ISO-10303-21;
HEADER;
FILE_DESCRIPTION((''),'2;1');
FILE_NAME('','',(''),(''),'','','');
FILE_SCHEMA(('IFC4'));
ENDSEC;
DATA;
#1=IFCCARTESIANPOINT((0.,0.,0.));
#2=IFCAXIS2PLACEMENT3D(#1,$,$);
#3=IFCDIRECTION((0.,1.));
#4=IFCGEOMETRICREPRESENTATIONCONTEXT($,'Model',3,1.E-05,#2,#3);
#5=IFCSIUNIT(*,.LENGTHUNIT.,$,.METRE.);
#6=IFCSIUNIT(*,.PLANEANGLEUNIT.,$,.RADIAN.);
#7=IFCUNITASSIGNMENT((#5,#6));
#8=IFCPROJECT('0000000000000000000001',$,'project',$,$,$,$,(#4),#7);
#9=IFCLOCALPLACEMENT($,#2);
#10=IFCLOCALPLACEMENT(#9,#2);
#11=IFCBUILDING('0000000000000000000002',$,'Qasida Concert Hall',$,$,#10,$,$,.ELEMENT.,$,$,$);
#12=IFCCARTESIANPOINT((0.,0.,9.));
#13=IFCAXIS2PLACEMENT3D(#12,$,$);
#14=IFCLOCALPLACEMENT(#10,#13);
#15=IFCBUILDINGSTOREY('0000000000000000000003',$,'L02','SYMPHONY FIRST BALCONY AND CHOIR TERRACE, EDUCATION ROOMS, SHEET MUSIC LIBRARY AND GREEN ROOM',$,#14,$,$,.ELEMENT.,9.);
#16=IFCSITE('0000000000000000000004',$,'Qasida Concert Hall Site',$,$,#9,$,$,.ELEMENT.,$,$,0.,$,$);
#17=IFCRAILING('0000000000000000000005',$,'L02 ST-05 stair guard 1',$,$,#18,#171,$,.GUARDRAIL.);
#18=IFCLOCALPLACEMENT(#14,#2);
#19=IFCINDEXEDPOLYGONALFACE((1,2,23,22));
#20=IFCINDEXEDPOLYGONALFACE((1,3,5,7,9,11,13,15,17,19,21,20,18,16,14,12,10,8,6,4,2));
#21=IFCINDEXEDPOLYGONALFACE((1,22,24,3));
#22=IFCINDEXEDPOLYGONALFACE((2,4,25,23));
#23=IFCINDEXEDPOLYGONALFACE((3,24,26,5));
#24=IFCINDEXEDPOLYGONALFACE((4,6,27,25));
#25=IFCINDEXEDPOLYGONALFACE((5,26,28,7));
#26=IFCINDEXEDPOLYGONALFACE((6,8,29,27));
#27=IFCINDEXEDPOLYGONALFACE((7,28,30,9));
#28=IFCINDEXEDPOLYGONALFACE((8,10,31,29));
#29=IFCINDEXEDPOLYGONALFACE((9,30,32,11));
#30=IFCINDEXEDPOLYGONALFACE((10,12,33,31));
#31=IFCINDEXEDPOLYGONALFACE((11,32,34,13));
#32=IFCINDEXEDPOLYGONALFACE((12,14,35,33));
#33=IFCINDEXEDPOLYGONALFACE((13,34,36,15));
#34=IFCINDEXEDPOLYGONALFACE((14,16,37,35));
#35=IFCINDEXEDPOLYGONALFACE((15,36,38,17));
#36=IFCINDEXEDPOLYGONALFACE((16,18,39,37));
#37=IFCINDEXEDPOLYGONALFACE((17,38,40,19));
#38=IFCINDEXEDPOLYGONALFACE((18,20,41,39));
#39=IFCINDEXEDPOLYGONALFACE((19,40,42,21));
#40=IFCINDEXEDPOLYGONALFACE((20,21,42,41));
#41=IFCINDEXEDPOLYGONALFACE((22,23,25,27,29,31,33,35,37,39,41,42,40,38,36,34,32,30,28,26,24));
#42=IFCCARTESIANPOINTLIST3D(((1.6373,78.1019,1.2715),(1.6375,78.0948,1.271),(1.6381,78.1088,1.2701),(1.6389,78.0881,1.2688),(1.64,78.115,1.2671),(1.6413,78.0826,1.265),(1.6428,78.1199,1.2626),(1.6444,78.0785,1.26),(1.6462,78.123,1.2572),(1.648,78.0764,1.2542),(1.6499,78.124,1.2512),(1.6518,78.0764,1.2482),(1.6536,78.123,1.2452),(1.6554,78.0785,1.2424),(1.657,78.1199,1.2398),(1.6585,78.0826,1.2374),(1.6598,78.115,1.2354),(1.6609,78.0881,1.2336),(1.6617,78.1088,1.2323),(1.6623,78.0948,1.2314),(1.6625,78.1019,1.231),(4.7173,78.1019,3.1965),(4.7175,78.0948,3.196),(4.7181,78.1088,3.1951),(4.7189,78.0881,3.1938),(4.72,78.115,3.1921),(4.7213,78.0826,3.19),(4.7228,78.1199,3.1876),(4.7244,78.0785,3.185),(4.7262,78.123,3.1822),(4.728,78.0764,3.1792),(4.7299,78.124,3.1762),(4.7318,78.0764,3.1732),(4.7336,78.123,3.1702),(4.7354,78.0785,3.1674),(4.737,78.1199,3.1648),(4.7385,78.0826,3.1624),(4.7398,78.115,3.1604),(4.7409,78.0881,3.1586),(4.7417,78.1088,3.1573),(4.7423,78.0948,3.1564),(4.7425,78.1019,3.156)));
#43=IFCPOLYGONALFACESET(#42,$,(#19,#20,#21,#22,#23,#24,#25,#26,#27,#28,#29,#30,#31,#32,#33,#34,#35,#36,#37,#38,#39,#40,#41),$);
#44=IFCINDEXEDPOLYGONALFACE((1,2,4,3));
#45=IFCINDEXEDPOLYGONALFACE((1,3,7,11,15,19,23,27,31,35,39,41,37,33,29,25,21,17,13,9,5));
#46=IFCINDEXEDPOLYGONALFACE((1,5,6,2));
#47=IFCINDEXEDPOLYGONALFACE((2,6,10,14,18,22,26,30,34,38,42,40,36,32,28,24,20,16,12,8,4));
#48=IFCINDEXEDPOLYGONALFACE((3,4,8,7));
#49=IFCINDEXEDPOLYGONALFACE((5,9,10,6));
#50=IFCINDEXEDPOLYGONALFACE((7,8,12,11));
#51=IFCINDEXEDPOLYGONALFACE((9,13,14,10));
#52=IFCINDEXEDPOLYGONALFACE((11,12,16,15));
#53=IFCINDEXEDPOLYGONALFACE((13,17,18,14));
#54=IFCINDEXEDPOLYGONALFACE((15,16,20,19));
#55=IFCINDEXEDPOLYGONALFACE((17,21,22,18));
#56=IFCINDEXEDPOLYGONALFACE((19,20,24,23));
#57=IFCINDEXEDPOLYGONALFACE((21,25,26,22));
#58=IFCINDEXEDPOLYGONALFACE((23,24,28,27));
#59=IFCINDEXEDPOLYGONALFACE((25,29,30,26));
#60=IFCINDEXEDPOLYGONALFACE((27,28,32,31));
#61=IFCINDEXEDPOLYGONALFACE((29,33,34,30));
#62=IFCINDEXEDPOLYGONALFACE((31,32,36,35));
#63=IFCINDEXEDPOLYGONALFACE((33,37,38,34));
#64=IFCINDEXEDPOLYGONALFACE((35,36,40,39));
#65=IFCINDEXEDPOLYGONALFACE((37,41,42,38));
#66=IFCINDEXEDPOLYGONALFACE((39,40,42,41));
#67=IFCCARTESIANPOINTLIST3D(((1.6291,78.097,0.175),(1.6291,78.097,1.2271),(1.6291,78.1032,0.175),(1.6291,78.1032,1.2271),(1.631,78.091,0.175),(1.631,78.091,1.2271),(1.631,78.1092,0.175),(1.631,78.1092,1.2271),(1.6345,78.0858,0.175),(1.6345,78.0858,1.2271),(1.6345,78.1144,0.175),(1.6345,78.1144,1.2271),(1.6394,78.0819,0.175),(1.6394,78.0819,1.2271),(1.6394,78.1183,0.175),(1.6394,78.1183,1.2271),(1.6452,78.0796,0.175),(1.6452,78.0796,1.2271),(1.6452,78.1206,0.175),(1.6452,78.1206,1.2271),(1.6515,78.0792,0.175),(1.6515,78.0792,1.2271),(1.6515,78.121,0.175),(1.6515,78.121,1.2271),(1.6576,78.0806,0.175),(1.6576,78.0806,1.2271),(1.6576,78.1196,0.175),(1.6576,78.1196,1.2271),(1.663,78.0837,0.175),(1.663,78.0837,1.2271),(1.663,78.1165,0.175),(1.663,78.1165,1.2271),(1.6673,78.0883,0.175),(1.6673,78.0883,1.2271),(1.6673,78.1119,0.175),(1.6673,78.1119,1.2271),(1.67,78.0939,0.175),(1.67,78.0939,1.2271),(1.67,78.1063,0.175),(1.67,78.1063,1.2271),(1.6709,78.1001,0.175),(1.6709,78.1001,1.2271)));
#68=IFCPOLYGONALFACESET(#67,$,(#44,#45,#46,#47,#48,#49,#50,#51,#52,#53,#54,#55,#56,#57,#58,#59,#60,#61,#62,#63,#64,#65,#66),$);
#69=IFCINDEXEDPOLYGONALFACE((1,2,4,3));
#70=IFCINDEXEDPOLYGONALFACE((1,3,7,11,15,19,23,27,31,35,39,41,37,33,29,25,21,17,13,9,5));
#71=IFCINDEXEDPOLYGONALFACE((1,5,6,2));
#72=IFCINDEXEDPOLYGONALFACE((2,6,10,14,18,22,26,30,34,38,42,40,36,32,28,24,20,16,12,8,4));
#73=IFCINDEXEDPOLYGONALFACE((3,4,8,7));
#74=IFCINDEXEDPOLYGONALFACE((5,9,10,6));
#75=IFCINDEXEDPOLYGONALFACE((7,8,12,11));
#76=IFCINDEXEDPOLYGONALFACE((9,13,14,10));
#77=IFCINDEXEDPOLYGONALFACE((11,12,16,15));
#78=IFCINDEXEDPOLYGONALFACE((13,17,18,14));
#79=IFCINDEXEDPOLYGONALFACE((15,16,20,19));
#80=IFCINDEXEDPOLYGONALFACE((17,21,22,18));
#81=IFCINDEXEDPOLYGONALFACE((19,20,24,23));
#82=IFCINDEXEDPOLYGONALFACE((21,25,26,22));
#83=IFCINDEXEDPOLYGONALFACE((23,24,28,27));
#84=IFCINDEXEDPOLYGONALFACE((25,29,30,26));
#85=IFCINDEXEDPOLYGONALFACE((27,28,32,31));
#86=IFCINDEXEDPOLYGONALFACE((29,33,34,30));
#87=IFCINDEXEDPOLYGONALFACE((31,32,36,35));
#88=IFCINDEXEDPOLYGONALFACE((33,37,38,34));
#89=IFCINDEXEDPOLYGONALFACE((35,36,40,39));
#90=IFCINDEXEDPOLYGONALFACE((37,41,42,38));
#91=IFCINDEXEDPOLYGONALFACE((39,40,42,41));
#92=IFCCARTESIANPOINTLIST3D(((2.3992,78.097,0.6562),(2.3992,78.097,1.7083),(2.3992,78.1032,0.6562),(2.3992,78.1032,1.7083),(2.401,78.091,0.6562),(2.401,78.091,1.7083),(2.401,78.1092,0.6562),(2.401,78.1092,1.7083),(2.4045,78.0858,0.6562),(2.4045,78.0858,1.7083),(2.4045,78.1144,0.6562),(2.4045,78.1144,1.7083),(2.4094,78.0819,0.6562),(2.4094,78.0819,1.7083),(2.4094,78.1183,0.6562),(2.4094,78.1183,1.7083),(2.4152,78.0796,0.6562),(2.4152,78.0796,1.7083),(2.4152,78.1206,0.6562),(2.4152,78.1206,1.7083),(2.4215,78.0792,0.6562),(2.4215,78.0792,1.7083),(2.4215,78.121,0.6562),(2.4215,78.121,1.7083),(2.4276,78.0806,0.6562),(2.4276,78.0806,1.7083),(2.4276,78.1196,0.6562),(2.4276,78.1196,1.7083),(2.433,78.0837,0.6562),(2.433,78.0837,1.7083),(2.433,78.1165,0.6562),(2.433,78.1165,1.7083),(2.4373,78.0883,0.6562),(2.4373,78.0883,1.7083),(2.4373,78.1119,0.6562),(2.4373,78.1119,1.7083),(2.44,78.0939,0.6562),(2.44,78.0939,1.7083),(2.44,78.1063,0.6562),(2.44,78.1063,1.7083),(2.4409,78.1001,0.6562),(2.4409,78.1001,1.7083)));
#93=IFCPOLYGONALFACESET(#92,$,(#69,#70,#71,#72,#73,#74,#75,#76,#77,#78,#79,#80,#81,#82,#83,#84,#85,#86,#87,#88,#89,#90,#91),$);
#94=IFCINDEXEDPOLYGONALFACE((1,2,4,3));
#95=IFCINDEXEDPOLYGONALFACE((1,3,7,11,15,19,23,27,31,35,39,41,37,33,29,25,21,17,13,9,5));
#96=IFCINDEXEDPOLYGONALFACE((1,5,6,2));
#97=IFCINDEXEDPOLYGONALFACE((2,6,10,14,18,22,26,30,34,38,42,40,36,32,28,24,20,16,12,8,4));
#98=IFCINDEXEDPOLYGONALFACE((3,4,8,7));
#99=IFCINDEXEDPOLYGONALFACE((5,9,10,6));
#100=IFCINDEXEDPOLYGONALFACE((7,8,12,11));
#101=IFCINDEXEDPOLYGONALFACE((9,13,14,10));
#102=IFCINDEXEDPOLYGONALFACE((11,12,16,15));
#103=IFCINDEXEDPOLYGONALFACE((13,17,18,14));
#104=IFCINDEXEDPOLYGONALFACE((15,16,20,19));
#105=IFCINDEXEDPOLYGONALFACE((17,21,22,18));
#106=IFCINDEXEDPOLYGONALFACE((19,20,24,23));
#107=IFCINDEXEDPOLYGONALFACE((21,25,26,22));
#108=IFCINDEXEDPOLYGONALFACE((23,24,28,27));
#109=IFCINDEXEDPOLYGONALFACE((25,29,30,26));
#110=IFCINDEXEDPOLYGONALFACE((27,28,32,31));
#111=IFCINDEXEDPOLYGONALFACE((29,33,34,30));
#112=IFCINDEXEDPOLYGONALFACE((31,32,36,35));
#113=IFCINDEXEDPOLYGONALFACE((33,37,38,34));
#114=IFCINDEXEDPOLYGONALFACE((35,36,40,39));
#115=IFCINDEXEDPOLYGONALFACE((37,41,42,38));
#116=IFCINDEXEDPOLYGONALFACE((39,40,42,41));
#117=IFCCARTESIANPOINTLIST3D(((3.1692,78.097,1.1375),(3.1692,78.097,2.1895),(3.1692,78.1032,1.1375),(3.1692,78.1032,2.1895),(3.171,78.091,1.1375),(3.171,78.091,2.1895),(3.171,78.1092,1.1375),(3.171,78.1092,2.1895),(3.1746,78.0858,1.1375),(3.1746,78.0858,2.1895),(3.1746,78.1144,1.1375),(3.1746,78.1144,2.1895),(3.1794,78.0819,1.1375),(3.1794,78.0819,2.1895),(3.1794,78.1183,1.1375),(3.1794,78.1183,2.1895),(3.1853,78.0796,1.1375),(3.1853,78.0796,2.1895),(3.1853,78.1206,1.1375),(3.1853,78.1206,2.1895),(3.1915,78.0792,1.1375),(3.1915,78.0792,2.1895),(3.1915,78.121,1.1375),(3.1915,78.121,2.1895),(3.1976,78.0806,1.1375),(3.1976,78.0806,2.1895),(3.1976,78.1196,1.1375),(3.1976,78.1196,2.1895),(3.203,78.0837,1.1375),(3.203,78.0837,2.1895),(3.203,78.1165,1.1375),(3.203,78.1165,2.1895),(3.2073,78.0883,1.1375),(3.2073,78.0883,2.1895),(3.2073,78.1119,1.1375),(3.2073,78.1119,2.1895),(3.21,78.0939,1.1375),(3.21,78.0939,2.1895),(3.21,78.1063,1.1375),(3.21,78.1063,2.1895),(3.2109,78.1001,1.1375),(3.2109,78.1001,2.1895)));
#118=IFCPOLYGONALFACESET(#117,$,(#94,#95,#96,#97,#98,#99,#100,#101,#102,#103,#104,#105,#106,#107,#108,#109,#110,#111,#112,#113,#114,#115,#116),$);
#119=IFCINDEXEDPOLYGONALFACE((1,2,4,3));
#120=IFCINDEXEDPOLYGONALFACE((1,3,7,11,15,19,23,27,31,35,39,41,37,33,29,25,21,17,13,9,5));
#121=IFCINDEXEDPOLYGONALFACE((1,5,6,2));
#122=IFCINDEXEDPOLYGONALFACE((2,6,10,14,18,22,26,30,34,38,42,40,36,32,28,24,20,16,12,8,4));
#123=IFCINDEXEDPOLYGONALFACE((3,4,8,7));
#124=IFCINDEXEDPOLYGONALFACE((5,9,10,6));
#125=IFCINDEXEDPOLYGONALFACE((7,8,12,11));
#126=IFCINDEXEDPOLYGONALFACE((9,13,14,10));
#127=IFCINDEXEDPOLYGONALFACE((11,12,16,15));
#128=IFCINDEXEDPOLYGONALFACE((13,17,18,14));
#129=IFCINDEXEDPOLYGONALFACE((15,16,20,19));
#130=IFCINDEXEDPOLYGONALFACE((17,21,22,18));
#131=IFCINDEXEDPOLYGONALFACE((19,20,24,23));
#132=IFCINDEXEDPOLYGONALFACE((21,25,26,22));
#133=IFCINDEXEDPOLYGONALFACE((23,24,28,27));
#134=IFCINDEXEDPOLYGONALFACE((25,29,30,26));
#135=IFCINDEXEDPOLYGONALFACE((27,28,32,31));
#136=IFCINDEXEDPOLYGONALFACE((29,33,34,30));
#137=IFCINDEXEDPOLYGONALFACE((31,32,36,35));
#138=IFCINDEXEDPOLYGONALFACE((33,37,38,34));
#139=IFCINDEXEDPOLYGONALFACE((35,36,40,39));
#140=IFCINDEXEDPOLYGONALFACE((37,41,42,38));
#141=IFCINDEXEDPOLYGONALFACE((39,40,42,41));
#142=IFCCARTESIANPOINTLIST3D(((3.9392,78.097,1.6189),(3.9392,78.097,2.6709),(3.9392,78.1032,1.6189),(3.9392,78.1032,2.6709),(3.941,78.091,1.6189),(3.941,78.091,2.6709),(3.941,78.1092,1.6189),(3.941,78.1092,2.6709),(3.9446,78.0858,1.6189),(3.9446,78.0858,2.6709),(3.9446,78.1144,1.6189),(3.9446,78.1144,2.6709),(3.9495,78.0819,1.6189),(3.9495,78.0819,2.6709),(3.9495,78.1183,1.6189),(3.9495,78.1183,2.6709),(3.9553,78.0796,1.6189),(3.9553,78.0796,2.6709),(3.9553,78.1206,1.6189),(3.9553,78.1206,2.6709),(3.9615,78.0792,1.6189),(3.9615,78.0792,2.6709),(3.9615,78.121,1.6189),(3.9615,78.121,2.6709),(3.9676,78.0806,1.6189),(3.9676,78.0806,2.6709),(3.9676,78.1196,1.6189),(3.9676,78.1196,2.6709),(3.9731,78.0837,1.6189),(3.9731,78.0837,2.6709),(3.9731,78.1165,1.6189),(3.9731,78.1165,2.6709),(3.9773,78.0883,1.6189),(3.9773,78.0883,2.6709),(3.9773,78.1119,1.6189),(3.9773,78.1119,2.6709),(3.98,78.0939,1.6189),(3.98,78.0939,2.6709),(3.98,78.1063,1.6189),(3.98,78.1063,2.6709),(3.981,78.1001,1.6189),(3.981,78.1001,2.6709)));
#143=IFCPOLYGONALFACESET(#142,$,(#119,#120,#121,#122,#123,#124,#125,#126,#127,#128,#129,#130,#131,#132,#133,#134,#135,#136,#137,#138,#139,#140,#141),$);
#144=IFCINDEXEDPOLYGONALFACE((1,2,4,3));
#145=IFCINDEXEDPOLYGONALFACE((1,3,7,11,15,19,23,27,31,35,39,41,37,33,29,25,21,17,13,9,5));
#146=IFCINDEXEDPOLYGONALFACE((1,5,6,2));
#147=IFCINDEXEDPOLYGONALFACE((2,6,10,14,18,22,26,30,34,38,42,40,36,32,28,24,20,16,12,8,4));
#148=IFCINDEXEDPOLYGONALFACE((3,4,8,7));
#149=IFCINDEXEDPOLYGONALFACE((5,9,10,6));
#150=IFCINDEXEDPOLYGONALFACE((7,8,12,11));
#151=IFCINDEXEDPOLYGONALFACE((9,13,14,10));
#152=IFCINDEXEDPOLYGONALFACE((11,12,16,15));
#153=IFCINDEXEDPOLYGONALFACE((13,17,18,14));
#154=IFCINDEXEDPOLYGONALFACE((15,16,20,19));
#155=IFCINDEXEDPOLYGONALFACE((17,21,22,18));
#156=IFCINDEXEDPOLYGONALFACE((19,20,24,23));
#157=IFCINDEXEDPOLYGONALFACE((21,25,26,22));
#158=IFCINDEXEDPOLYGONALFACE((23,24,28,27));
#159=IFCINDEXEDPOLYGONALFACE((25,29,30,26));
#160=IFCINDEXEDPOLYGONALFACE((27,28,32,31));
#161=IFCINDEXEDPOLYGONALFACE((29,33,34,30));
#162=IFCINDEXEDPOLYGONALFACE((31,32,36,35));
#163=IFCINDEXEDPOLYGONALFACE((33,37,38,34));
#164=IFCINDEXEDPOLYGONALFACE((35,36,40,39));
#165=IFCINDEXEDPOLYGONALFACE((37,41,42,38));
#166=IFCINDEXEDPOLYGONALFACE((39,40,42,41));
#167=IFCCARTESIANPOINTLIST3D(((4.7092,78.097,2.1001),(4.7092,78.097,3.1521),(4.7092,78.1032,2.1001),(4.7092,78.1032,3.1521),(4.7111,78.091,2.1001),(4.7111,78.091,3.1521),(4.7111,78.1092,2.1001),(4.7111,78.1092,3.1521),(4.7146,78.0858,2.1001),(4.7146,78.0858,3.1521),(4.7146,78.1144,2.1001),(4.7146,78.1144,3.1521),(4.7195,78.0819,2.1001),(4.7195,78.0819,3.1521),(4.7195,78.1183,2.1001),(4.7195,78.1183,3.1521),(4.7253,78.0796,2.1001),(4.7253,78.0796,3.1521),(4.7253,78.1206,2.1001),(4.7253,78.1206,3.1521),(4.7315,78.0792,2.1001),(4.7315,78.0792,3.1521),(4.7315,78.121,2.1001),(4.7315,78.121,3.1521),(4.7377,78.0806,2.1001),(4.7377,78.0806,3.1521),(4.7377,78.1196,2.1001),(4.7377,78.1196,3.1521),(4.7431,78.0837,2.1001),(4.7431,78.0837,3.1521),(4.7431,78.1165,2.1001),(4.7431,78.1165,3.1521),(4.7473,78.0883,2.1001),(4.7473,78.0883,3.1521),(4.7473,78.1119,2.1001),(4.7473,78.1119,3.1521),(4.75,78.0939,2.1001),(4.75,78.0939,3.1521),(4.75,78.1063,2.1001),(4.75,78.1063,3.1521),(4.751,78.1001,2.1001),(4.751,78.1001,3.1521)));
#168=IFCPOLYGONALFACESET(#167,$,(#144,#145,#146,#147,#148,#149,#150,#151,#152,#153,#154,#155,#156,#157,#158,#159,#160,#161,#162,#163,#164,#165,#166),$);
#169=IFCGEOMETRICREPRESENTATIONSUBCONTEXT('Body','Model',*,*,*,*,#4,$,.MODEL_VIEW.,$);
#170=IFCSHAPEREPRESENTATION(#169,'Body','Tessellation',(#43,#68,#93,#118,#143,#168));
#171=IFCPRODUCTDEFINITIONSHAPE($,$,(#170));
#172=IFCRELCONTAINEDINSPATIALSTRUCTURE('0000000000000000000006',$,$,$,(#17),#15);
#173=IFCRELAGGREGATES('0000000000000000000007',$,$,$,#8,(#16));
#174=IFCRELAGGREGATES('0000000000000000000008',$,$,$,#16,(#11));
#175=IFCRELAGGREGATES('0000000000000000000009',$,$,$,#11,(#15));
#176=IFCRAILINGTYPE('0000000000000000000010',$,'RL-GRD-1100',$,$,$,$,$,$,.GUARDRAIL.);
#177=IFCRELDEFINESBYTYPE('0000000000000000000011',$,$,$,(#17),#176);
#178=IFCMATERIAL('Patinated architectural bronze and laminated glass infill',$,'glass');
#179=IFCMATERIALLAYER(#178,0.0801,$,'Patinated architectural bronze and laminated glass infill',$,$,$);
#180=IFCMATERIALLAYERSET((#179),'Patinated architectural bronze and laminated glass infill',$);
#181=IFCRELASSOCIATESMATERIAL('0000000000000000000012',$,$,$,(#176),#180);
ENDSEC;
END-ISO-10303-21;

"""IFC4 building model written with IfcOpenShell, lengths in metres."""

from ifc_helpers import new_model, si_unit, direction, frame, origin, origin_2d, place, context, subcontext, project, spatial, circle, extrude, material, layer, layer_set, type_object, element, save


model = new_model("IFC4")

# Units and contexts
model_context = context("Model", 3, precision=1e-05, world=origin(), true_north=direction((0.0, 1.0)))
body_context = subcontext(model_context, "Body", "Model", "MODEL_VIEW")
ifc_project = project(units=[si_unit("LENGTHUNIT", "METRE"), si_unit("PLANEANGLEUNIT", "RADIAN")], contexts=[model_context])

# Site, building, storey
site_placement = place(None, origin())
site = spatial("IfcSite", under=ifc_project, at=site_placement, Name="Qasida Concert Hall Site", CompositionType="ELEMENT", RefElevation=0.0)
building_placement = place(site_placement, origin())
building = spatial("IfcBuilding", under=site, at=building_placement, Name="Qasida Concert Hall", CompositionType="ELEMENT")
storey_placement = place(building_placement, frame((0.0, 0.0, 9.0)))
storey = spatial("IfcBuildingStorey", under=building, at=storey_placement, Name="L02", Description="SYMPHONY FIRST BALCONY AND CHOIR TERRACE, EDUCATION ROOMS, SHEET MUSIC LIBRARY AND GREEN ROOM", CompositionType="ELEMENT", Elevation=9.0)

# Railing
ifc_material_1 = material(Name="Patinated architectural bronze and laminated glass infill", Category="glass")
ifc_layer_1 = layer(ifc_material_1, 0.0801, Name="Patinated architectural bronze and laminated glass infill")
ifc_layer_set_1 = layer_set([ifc_layer_1], Name="Patinated architectural bronze and laminated glass infill")
railing_type_1 = type_object("IfcRailingType", Name="RL-GRD-1100", PredefinedType="GUARDRAIL", material=ifc_layer_set_1)
railing_1_placement = place(storey_placement, frame((1.6499, 78.1001, 0.175)))
element("IfcRailing", 1, at=railing_1_placement, inside=storey, type_object=railing_type_1, Name="L02 ST-05 stair guard 1", PredefinedType="GUARDRAIL", context=body_context, shape_type="SweptSolid", body=[
    extrude(circle(Radius=0.0239, at=origin_2d()), frame((0.0, 0.0, 1.0762), z_axis=(0.847998, 0.0, 0.529999), x_axis=(0.0, 1.0, 0.0)), (0.0, 0.0, 1.0), 3.6321),
    extrude(circle(Radius=0.021, at=origin_2d()), origin(), (0.0, 0.0, 1.0), 1.052),
    extrude(circle(Radius=0.021, at=origin_2d()), frame((0.77, 0.0, 0.4812)), (0.0, 0.0, 1.0), 1.052),
    extrude(circle(Radius=0.021, at=origin_2d()), frame((1.54, 0.0, 0.9624)), (0.0, 0.0, 1.0), 1.052),
    extrude(circle(Radius=0.021, at=origin_2d()), frame((2.3101, 0.0, 1.4438)), (0.0, 0.0, 1.0), 1.052),
    extrude(circle(Radius=0.021, at=origin_2d()), frame((3.0801, 0.0, 1.925)), (0.0, 0.0, 1.0), 1.052),
])

save(model, "model.ifc")
